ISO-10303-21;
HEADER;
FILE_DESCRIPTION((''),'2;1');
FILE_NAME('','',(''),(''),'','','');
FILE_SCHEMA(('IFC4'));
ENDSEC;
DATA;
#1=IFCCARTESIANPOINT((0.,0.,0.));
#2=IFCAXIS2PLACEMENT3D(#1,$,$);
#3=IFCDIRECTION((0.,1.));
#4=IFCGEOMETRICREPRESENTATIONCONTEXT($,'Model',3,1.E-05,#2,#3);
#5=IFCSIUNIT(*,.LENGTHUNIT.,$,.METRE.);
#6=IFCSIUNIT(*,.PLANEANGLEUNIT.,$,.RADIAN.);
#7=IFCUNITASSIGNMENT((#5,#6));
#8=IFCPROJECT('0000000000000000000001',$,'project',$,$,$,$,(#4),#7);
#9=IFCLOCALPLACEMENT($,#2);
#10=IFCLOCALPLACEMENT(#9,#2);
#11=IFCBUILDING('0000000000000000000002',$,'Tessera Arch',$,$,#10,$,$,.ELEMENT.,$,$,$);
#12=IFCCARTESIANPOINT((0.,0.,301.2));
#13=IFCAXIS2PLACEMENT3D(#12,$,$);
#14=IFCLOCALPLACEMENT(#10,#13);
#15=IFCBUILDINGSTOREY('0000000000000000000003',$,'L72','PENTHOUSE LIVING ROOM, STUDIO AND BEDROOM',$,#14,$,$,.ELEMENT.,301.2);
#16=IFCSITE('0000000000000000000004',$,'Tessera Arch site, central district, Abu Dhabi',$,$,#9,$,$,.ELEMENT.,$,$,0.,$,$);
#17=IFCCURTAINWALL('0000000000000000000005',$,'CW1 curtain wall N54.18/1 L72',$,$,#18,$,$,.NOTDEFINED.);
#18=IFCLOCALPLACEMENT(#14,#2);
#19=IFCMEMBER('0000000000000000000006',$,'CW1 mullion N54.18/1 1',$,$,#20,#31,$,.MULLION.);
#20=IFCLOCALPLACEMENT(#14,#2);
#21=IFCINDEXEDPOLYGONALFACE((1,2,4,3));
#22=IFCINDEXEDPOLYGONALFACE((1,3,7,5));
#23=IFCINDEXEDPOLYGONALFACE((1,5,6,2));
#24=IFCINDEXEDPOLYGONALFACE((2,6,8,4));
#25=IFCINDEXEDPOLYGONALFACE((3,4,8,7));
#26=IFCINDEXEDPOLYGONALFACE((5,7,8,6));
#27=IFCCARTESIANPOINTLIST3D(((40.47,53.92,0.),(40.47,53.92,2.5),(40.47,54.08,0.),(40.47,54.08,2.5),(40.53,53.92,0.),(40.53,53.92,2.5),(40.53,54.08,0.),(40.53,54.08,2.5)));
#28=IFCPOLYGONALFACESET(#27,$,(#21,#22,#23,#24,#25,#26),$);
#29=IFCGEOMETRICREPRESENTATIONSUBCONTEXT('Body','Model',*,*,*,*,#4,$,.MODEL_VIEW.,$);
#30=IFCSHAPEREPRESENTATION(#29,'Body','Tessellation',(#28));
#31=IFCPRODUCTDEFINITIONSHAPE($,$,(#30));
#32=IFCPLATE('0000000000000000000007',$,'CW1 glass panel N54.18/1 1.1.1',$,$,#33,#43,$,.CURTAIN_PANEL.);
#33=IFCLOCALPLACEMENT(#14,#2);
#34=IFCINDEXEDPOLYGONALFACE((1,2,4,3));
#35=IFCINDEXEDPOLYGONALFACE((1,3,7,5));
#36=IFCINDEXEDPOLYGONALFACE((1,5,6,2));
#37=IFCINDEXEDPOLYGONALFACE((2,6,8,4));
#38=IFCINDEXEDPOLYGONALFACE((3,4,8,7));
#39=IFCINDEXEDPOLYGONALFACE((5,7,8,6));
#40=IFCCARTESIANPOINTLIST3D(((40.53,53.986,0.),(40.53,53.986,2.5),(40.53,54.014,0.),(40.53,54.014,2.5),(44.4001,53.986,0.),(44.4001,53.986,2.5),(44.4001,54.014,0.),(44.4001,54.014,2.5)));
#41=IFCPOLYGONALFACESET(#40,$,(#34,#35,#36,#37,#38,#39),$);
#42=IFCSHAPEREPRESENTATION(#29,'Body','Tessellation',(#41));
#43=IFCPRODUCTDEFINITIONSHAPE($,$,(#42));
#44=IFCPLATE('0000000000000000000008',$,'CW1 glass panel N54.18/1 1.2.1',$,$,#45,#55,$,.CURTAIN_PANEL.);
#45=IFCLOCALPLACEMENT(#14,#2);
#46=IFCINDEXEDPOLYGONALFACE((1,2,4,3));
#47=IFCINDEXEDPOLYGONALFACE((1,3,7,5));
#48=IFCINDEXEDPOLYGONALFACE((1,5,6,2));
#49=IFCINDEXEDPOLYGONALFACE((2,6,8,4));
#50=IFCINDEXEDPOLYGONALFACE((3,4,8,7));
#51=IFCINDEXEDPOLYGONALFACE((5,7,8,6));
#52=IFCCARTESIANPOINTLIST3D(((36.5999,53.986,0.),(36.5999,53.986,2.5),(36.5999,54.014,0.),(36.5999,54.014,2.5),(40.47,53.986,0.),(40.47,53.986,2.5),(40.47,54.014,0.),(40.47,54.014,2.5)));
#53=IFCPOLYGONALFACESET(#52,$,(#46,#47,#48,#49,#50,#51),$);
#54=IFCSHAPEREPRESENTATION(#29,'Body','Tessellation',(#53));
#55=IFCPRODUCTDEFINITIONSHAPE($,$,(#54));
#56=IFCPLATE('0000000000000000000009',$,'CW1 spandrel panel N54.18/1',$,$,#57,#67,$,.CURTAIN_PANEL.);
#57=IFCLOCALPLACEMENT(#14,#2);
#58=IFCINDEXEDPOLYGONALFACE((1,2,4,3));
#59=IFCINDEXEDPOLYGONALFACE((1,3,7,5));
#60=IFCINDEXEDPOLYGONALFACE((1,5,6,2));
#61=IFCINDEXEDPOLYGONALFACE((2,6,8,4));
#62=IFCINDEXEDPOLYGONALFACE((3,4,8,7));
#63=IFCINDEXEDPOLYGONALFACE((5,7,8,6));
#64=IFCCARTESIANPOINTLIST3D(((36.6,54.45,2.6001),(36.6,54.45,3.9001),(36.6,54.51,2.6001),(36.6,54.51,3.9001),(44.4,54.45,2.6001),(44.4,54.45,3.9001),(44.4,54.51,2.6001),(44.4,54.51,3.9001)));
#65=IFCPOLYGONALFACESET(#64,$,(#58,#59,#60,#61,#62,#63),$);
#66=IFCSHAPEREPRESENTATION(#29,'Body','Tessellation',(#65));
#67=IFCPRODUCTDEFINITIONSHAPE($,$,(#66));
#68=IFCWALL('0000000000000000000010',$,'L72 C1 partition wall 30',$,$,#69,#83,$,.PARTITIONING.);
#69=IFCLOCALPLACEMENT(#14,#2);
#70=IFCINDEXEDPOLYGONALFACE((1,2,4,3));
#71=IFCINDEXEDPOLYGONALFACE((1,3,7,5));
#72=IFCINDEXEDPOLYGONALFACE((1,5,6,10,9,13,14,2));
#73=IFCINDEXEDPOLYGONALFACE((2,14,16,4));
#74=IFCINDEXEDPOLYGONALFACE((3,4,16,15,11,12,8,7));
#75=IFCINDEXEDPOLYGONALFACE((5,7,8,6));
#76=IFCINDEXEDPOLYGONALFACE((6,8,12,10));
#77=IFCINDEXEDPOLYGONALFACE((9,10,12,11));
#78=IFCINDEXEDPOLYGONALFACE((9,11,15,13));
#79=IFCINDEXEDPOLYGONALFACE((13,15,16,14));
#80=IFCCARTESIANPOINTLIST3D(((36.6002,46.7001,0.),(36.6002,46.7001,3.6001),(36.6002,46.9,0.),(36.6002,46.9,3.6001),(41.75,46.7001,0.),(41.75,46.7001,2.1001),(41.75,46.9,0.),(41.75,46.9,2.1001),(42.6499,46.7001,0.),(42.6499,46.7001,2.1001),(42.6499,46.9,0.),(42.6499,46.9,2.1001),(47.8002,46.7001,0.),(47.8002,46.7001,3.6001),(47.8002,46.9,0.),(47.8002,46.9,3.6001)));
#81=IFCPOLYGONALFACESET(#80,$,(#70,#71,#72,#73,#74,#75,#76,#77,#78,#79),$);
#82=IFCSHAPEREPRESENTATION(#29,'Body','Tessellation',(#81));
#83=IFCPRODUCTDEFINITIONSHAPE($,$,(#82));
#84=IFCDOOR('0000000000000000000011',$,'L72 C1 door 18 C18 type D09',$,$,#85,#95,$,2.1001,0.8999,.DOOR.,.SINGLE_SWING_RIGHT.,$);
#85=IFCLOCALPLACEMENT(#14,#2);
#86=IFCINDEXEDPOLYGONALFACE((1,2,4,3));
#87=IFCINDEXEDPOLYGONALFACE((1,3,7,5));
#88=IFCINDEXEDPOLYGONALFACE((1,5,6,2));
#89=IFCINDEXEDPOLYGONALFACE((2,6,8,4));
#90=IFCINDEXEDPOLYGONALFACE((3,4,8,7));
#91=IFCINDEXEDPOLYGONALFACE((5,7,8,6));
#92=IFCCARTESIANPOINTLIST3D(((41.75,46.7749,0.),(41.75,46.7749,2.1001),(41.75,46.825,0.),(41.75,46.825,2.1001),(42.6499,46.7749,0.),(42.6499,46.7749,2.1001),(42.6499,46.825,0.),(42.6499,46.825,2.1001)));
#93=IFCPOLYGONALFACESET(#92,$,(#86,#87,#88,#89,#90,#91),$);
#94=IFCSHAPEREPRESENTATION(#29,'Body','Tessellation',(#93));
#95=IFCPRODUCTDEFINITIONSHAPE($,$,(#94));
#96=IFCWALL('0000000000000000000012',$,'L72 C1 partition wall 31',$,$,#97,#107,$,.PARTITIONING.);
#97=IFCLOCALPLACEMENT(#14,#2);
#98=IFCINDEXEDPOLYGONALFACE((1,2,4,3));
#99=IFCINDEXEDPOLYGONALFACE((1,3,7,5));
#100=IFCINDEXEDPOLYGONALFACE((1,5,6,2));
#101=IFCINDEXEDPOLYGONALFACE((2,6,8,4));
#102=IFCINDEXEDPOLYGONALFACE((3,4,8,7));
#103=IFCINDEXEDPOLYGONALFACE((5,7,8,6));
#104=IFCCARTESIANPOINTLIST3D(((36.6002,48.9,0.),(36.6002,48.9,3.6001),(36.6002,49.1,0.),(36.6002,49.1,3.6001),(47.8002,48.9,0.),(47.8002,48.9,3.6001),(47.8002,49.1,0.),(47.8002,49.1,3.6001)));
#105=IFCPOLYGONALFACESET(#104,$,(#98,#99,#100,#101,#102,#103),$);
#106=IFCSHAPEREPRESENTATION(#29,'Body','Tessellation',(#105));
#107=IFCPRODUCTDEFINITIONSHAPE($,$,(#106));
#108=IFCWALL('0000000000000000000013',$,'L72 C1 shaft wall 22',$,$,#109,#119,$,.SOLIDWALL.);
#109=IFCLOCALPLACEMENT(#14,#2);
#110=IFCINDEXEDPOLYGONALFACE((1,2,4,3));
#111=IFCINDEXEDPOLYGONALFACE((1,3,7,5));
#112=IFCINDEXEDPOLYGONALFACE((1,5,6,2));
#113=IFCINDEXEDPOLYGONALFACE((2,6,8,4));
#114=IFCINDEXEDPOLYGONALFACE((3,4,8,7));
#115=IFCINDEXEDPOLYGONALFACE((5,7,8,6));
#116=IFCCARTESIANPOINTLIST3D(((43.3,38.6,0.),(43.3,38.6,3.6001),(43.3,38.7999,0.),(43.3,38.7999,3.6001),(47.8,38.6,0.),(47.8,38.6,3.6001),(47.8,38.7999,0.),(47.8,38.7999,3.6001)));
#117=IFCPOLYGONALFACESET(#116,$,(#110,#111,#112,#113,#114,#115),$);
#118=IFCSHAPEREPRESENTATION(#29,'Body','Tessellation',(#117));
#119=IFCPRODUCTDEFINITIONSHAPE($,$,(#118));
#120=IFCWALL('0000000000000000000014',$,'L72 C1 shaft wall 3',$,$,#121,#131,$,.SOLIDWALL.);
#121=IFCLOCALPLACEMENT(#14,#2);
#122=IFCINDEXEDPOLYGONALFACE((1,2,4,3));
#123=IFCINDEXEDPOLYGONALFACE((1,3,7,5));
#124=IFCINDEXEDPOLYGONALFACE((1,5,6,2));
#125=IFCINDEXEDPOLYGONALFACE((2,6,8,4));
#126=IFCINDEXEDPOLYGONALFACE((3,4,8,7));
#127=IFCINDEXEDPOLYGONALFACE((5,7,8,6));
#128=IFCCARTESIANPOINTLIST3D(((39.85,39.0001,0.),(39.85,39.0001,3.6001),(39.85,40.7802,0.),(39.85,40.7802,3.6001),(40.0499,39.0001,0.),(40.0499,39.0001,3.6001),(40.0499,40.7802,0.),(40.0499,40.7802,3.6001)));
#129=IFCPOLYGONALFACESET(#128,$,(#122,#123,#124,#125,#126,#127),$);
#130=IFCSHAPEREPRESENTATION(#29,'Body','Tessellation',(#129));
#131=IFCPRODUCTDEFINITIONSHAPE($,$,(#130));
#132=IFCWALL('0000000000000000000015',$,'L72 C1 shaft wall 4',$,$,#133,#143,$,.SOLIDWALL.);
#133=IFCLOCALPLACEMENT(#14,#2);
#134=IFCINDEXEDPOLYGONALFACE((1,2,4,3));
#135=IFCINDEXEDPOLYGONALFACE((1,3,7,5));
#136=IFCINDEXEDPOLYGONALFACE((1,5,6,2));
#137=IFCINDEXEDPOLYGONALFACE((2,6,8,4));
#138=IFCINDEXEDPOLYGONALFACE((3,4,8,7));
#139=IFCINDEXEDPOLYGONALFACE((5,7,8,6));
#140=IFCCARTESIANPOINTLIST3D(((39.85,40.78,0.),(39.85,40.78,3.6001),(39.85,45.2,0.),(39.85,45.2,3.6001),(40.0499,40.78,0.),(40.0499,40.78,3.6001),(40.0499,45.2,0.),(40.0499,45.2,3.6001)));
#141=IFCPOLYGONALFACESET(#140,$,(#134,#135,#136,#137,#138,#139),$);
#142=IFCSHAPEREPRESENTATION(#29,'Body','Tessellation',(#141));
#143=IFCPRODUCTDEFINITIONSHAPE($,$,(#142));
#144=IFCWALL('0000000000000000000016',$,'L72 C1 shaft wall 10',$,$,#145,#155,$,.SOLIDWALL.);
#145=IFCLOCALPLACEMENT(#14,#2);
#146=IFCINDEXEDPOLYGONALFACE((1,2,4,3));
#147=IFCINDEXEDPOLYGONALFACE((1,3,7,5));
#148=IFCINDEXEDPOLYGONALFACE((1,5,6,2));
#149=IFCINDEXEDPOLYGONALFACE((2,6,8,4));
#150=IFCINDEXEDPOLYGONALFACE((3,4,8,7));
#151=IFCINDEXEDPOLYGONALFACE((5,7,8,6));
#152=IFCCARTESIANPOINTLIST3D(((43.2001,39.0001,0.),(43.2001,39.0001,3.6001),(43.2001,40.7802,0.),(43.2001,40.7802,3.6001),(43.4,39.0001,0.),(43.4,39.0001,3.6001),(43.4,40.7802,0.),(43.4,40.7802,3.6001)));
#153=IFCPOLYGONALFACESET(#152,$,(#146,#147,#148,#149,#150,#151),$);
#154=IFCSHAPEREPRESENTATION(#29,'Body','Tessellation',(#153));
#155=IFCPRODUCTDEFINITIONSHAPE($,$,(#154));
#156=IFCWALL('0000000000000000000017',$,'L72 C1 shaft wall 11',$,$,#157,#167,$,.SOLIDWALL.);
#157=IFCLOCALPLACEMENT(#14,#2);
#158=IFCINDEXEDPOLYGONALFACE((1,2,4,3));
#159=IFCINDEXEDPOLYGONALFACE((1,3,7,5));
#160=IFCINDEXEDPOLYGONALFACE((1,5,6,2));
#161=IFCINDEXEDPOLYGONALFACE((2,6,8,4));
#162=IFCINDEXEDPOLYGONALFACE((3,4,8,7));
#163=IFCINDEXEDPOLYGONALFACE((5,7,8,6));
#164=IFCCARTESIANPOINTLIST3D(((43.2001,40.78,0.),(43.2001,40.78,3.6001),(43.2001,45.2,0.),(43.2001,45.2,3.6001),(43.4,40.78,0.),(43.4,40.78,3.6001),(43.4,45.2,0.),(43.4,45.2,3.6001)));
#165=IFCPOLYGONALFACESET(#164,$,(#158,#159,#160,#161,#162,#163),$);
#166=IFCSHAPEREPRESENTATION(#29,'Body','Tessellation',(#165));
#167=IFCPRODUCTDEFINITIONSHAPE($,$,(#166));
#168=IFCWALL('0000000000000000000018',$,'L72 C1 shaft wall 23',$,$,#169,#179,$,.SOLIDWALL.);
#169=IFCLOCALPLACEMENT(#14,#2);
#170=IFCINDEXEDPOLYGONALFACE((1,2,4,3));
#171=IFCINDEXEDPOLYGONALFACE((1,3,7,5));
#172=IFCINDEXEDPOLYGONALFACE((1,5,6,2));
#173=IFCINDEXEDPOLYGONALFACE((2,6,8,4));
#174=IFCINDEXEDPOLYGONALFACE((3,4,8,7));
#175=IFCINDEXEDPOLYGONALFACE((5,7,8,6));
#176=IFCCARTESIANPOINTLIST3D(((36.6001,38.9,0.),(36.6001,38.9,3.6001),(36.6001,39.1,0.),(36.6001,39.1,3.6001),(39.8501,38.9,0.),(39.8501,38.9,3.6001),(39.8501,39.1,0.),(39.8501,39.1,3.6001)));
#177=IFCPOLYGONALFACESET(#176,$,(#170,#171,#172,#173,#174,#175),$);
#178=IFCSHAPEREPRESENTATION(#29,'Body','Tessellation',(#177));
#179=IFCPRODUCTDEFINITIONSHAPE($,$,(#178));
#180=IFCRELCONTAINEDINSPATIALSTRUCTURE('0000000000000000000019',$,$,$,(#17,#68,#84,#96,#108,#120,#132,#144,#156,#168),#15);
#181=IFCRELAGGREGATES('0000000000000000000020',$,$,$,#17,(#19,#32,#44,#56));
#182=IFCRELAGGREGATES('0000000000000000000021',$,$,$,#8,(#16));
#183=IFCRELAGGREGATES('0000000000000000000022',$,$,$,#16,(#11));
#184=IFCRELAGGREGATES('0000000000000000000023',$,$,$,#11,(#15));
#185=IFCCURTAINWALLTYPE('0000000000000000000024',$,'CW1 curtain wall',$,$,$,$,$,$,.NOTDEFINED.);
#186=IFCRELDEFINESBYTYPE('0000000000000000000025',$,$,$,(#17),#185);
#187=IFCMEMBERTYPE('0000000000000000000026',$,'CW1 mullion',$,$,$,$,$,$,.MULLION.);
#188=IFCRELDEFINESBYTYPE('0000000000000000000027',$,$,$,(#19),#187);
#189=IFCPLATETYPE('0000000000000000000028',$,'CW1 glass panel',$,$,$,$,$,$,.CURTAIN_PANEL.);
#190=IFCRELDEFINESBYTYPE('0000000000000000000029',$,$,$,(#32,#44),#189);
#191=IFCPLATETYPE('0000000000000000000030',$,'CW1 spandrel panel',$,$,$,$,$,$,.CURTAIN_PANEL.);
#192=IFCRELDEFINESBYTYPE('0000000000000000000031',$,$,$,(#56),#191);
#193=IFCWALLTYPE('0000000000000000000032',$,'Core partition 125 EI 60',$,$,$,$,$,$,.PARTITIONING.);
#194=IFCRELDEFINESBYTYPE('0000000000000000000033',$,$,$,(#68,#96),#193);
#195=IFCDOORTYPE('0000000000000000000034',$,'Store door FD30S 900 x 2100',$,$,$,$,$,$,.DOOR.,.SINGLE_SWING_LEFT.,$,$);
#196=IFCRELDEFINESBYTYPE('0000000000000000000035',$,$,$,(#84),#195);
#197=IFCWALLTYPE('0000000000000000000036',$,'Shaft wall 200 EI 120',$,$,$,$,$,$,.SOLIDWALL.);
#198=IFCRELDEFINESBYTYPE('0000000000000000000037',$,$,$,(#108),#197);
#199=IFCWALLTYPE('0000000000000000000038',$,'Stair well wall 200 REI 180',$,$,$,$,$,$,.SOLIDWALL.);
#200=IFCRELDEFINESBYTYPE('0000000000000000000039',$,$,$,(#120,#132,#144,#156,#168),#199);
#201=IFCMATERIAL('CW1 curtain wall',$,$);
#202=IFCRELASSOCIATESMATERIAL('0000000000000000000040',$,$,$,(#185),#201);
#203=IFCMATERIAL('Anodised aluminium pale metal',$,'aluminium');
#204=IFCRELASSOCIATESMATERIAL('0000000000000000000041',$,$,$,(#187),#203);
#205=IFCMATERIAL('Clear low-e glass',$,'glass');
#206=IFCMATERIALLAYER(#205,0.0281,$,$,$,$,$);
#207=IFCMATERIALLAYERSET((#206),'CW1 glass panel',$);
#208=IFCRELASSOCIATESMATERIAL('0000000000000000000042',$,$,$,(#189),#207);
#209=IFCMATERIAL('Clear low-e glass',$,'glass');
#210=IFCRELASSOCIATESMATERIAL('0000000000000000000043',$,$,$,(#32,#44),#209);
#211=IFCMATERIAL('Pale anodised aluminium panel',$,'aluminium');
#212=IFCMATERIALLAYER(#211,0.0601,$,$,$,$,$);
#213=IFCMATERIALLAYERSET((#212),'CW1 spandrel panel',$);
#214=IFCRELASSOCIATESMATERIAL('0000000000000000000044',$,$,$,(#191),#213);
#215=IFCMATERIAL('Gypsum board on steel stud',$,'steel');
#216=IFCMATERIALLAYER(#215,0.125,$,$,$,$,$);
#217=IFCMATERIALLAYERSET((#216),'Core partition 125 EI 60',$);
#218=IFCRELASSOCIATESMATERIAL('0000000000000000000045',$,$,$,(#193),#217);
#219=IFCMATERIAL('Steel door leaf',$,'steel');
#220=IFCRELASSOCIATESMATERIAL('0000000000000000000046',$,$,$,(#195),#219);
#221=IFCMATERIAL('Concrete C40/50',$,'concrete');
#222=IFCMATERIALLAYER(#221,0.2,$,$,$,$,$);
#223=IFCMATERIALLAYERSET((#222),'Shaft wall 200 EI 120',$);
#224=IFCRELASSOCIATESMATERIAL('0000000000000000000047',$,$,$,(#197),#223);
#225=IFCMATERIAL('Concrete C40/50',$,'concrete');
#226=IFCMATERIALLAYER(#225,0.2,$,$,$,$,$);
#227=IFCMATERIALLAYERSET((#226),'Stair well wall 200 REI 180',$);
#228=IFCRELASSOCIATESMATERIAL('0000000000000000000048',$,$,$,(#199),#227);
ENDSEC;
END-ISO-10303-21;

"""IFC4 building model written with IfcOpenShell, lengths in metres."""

from ifc_helpers import new_model, si_unit, direction, frame, frame_2d, origin, origin_2d, place, context, subcontext, project, spatial, rectangle, extrude, material, layer, layer_set, material_profile, profile_set, type_object, element, fill, aggregate, save


model = new_model("IFC4")

# Units and contexts
model_context = context("Model", 3, precision=1e-05, world=origin(), true_north=direction((0.0, 1.0)))
body_context = subcontext(model_context, "Body", "Model", "MODEL_VIEW")
ifc_project = project(units=[si_unit("LENGTHUNIT", "METRE"), si_unit("PLANEANGLEUNIT", "RADIAN")], contexts=[model_context])

# Site, building, storey
site_placement = place(None, origin())
site = spatial("IfcSite", under=ifc_project, at=site_placement, Name="Tessera Arch site, central district, Abu Dhabi", CompositionType="ELEMENT", RefElevation=0.0)
building_placement = place(site_placement, origin())
building = spatial("IfcBuilding", under=site, at=building_placement, Name="Tessera Arch", CompositionType="ELEMENT")
storey_placement = place(building_placement, frame((0.0, 0.0, 301.2)))
storey = spatial("IfcBuildingStorey", under=building, at=storey_placement, Name="L72", Description="PENTHOUSE LIVING ROOM, STUDIO AND BEDROOM", CompositionType="ELEMENT", Elevation=301.2)

# Curtain wall, member, plates
ifc_material_1 = material(Name="CW1 curtain wall")
curtain_wall_type = type_object("IfcCurtainWallType", Name="CW1 curtain wall", PredefinedType="NOTDEFINED", material=ifc_material_1)
curtain_wall_placement = place(storey_placement, origin())
curtain_wall = element("IfcCurtainWall", 1, at=curtain_wall_placement, inside=storey, type_object=curtain_wall_type, Name="CW1 curtain wall N54.18/1 L72", PredefinedType="NOTDEFINED")
ifc_material_2 = material(Name="Anodised aluminium pale metal", Category="aluminium")
ifc_material_profile = material_profile(ifc_material_2, rectangle(XDim=0.1599, YDim=0.0601, at=origin_2d()), Name="AL 60x160")
ifc_profile_set = profile_set([ifc_material_profile], Name="Anodised aluminium pale metal")
member_type = type_object("IfcMemberType", Name="CW1 mullion", PredefinedType="MULLION", material=ifc_profile_set)
member_placement = place(storey_placement, frame((40.5, 54.0, 0.0), z_axis=(0.0, 0.0, 1.0), x_axis=(0.0, -1.0, 0.0)))
member = element("IfcMember", 2, at=member_placement, type_object=member_type, Name="CW1 mullion N54.18/1 1", PredefinedType="MULLION", context=body_context, shape_type="SweptSolid", body=[
    extrude(rectangle(XDim=0.1599, YDim=0.0601, at=origin_2d()), origin(), (0.0, 0.0, 1.0), 2.5),
])
ifc_material_3 = material(Name="Clear low-e glass", Category="glass")
ifc_material_4 = material(Name="Clear low-e glass", Category="glass")
ifc_layer_1 = layer(ifc_material_4, 0.0281)
ifc_layer_set_1 = layer_set([ifc_layer_1], Name="CW1 glass panel")
plate_type_1 = type_object("IfcPlateType", Name="CW1 glass panel", PredefinedType="CURTAIN_PANEL", material=ifc_layer_set_1)
plate_1_placement = place(storey_placement, frame((42.4651, 54.0, 0.0), z_axis=(0.0, 0.0, 1.0), x_axis=(-1.0, 0.0, 0.0)))
plate_1 = element("IfcPlate", 3, at=plate_1_placement, type_object=plate_type_1, material=ifc_material_3, Name="CW1 glass panel N54.18/1 1.1.1", PredefinedType="CURTAIN_PANEL", context=body_context, shape_type="SweptSolid", body=[
    extrude(rectangle(XDim=3.8701, YDim=0.0281, at=origin_2d()), origin(), (0.0, 0.0, 1.0), 2.5),
])
plate_2_placement = place(storey_placement, frame((38.5349, 54.0, 0.0), z_axis=(0.0, 0.0, 1.0), x_axis=(-1.0, 0.0, 0.0)))
plate_2 = element("IfcPlate", 4, at=plate_2_placement, type_object=plate_type_1, material=ifc_material_3, Name="CW1 glass panel N54.18/1 1.2.1", PredefinedType="CURTAIN_PANEL", context=body_context, shape_type="SweptSolid", body=[
    extrude(rectangle(XDim=3.8701, YDim=0.0281, at=origin_2d()), origin(), (0.0, 0.0, 1.0), 2.5),
])
ifc_material_5 = material(Name="Pale anodised aluminium panel", Category="aluminium")
ifc_layer_2 = layer(ifc_material_5, 0.0601)
ifc_layer_set_2 = layer_set([ifc_layer_2], Name="CW1 spandrel panel")
plate_type_2 = type_object("IfcPlateType", Name="CW1 spandrel panel", PredefinedType="CURTAIN_PANEL", material=ifc_layer_set_2)
plate_3_placement = place(storey_placement, frame((40.5, 54.48, 2.6001), z_axis=(0.0, 0.0, 1.0), x_axis=(-1.0, 0.0, 0.0)))
plate_3 = element("IfcPlate", 5, at=plate_3_placement, type_object=plate_type_2, Name="CW1 spandrel panel N54.18/1", PredefinedType="CURTAIN_PANEL", context=body_context, shape_type="SweptSolid", body=[
    extrude(rectangle(XDim=7.8, YDim=0.0601, at=origin_2d()), origin(), (0.0, 0.0, 1.0), 1.3),
])
aggregate(curtain_wall, [member, plate_1, plate_2, plate_3])

# Wall, opening, door
ifc_material_6 = material(Name="Gypsum board on steel stud", Category="steel")
ifc_layer_3 = layer(ifc_material_6, 0.125)
ifc_layer_set_3 = layer_set([ifc_layer_3], Name="Core partition 125 EI 60")
wall_type_1 = type_object("IfcWallType", Name="Core partition 125 EI 60", PredefinedType="PARTITIONING", material=ifc_layer_set_3)
wall_1_placement = place(storey_placement, frame((36.6001, 46.8, 0.0), z_axis=(0.0, 0.0, 1.0), x_axis=(1.0, 0.0, 0.0)))
wall_1 = element("IfcWall", 6, at=wall_1_placement, inside=storey, type_object=wall_type_1, Name="L72 C1 partition wall 30", PredefinedType="PARTITIONING", context=body_context, shape_type="SweptSolid", body=[
    extrude(rectangle(XDim=11.2, YDim=0.2, at=frame_2d((5.6001, 0.0))), origin(), (0.0, 0.0, 1.0), 3.6001),
])
opening_1_placement = place(wall_1_placement, frame((5.1499, 0.0, 0.0)))
opening_1 = element("IfcOpeningElement", 7, at=opening_1_placement, cuts=wall_1, PredefinedType="OPENING", context=body_context, shape_type="SweptSolid", body=[
    extrude(rectangle(XDim=0.8999, YDim=2.1001, at=frame_2d((0.45, 1.05))), frame((0.0, 0.1099, 0.0), z_axis=(0.0, -1.0, 0.0), x_axis=(1.0, 0.0, 0.0)), (0.0, 0.0, 1.0), 0.22),
])
ifc_material_7 = material(Name="Steel door leaf", Category="steel")
door_type_1 = type_object("IfcDoorType", Name="Store door FD30S 900 x 2100", OperationType="SINGLE_SWING_LEFT", PredefinedType="DOOR", material=ifc_material_7)
door_1_placement = place(opening_1_placement, origin())
door_1 = element("IfcDoor", 8, at=door_1_placement, inside=storey, type_object=door_type_1, Name="L72 C1 door 18 C18 type D09", OperationType="SINGLE_SWING_RIGHT", OverallHeight=2.1001, OverallWidth=0.8999, PredefinedType="DOOR", context=body_context, shape_type="SweptSolid", body=[
    extrude(rectangle(XDim=0.8999, YDim=2.1001, at=frame_2d((0.45, 1.05))), frame((0.0, 0.0249, 0.0), z_axis=(0.0, -1.0, 0.0), x_axis=(1.0, 0.0, 0.0)), (0.0, 0.0, 1.0), 0.05),
])
fill(opening_1, door_1)

# Walls
wall_2_placement = place(storey_placement, frame((36.6001, 49.0, 0.0), z_axis=(0.0, 0.0, 1.0), x_axis=(1.0, 0.0, 0.0)))
element("IfcWall", 9, at=wall_2_placement, inside=storey, type_object=wall_type_1, Name="L72 C1 partition wall 31", PredefinedType="PARTITIONING", context=body_context, shape_type="SweptSolid", body=[
    extrude(rectangle(XDim=11.2, YDim=0.2, at=frame_2d((5.6001, 0.0))), origin(), (0.0, 0.0, 1.0), 3.6001),
])
ifc_material_8 = material(Name="Concrete C40/50", Category="concrete")
ifc_layer_4 = layer(ifc_material_8, 0.2)
ifc_layer_set_4 = layer_set([ifc_layer_4], Name="Shaft wall 200 EI 120")
wall_type_2 = type_object("IfcWallType", Name="Shaft wall 200 EI 120", PredefinedType="SOLIDWALL", material=ifc_layer_set_4)
wall_3_placement = place(storey_placement, frame((43.3, 38.7, 0.0), z_axis=(0.0, 0.0, 1.0), x_axis=(1.0, 0.0, 0.0)))
element("IfcWall", 10, at=wall_3_placement, inside=storey, type_object=wall_type_2, Name="L72 C1 shaft wall 22", PredefinedType="SOLIDWALL", context=body_context, shape_type="SweptSolid", body=[
    extrude(rectangle(XDim=4.5, YDim=0.2, at=frame_2d((2.25, 0.0))), origin(), (0.0, 0.0, 1.0), 3.6001),
])
ifc_material_9 = material(Name="Concrete C40/50", Category="concrete")
ifc_layer_5 = layer(ifc_material_9, 0.2)
ifc_layer_set_5 = layer_set([ifc_layer_5], Name="Stair well wall 200 REI 180")
wall_type_3 = type_object("IfcWallType", Name="Stair well wall 200 REI 180", PredefinedType="SOLIDWALL", material=ifc_layer_set_5)
wall_4_placement = place(storey_placement, frame((39.95, 39.0, 0.0), z_axis=(0.0, 0.0, 1.0), x_axis=(0.0, 1.0, 0.0)))
element("IfcWall", 11, at=wall_4_placement, inside=storey, type_object=wall_type_3, Name="L72 C1 shaft wall 3", PredefinedType="SOLIDWALL", context=body_context, shape_type="SweptSolid", body=[
    extrude(rectangle(XDim=1.78, YDim=0.2, at=frame_2d((0.8901, 0.0))), origin(), (0.0, 0.0, 1.0), 3.6001),
])
wall_5_placement = place(storey_placement, frame((39.95, 40.78, 0.0), z_axis=(0.0, 0.0, 1.0), x_axis=(0.0, 1.0, 0.0)))
element("IfcWall", 12, at=wall_5_placement, inside=storey, type_object=wall_type_3, Name="L72 C1 shaft wall 4", PredefinedType="SOLIDWALL", context=body_context, shape_type="SweptSolid", body=[
    extrude(rectangle(XDim=4.4199, YDim=0.2, at=frame_2d((2.21, 0.0))), origin(), (0.0, 0.0, 1.0), 3.6001),
])
wall_6_placement = place(storey_placement, frame((43.3, 39.0, 0.0), z_axis=(0.0, 0.0, 1.0), x_axis=(0.0, 1.0, 0.0)))
element("IfcWall", 13, at=wall_6_placement, inside=storey, type_object=wall_type_3, Name="L72 C1 shaft wall 10", PredefinedType="SOLIDWALL", context=body_context, shape_type="SweptSolid", body=[
    extrude(rectangle(XDim=1.78, YDim=0.2, at=frame_2d((0.8901, 0.0))), origin(), (0.0, 0.0, 1.0), 3.6001),
])
wall_7_placement = place(storey_placement, frame((43.3, 40.78, 0.0), z_axis=(0.0, 0.0, 1.0), x_axis=(0.0, 1.0, 0.0)))
element("IfcWall", 14, at=wall_7_placement, inside=storey, type_object=wall_type_3, Name="L72 C1 shaft wall 11", PredefinedType="SOLIDWALL", context=body_context, shape_type="SweptSolid", body=[
    extrude(rectangle(XDim=4.4199, YDim=0.2, at=frame_2d((2.21, 0.0))), origin(), (0.0, 0.0, 1.0), 3.6001),
])
wall_8_placement = place(storey_placement, frame((36.6001, 39.0, 0.0), z_axis=(0.0, 0.0, 1.0), x_axis=(1.0, 0.0, 0.0)))
element("IfcWall", 15, at=wall_8_placement, inside=storey, type_object=wall_type_3, Name="L72 C1 shaft wall 23", PredefinedType="SOLIDWALL", context=body_context, shape_type="SweptSolid", body=[
    extrude(rectangle(XDim=3.25, YDim=0.2, at=frame_2d((1.625, 0.0))), origin(), (0.0, 0.0, 1.0), 3.6001),
])

save(model, "model.ifc")
